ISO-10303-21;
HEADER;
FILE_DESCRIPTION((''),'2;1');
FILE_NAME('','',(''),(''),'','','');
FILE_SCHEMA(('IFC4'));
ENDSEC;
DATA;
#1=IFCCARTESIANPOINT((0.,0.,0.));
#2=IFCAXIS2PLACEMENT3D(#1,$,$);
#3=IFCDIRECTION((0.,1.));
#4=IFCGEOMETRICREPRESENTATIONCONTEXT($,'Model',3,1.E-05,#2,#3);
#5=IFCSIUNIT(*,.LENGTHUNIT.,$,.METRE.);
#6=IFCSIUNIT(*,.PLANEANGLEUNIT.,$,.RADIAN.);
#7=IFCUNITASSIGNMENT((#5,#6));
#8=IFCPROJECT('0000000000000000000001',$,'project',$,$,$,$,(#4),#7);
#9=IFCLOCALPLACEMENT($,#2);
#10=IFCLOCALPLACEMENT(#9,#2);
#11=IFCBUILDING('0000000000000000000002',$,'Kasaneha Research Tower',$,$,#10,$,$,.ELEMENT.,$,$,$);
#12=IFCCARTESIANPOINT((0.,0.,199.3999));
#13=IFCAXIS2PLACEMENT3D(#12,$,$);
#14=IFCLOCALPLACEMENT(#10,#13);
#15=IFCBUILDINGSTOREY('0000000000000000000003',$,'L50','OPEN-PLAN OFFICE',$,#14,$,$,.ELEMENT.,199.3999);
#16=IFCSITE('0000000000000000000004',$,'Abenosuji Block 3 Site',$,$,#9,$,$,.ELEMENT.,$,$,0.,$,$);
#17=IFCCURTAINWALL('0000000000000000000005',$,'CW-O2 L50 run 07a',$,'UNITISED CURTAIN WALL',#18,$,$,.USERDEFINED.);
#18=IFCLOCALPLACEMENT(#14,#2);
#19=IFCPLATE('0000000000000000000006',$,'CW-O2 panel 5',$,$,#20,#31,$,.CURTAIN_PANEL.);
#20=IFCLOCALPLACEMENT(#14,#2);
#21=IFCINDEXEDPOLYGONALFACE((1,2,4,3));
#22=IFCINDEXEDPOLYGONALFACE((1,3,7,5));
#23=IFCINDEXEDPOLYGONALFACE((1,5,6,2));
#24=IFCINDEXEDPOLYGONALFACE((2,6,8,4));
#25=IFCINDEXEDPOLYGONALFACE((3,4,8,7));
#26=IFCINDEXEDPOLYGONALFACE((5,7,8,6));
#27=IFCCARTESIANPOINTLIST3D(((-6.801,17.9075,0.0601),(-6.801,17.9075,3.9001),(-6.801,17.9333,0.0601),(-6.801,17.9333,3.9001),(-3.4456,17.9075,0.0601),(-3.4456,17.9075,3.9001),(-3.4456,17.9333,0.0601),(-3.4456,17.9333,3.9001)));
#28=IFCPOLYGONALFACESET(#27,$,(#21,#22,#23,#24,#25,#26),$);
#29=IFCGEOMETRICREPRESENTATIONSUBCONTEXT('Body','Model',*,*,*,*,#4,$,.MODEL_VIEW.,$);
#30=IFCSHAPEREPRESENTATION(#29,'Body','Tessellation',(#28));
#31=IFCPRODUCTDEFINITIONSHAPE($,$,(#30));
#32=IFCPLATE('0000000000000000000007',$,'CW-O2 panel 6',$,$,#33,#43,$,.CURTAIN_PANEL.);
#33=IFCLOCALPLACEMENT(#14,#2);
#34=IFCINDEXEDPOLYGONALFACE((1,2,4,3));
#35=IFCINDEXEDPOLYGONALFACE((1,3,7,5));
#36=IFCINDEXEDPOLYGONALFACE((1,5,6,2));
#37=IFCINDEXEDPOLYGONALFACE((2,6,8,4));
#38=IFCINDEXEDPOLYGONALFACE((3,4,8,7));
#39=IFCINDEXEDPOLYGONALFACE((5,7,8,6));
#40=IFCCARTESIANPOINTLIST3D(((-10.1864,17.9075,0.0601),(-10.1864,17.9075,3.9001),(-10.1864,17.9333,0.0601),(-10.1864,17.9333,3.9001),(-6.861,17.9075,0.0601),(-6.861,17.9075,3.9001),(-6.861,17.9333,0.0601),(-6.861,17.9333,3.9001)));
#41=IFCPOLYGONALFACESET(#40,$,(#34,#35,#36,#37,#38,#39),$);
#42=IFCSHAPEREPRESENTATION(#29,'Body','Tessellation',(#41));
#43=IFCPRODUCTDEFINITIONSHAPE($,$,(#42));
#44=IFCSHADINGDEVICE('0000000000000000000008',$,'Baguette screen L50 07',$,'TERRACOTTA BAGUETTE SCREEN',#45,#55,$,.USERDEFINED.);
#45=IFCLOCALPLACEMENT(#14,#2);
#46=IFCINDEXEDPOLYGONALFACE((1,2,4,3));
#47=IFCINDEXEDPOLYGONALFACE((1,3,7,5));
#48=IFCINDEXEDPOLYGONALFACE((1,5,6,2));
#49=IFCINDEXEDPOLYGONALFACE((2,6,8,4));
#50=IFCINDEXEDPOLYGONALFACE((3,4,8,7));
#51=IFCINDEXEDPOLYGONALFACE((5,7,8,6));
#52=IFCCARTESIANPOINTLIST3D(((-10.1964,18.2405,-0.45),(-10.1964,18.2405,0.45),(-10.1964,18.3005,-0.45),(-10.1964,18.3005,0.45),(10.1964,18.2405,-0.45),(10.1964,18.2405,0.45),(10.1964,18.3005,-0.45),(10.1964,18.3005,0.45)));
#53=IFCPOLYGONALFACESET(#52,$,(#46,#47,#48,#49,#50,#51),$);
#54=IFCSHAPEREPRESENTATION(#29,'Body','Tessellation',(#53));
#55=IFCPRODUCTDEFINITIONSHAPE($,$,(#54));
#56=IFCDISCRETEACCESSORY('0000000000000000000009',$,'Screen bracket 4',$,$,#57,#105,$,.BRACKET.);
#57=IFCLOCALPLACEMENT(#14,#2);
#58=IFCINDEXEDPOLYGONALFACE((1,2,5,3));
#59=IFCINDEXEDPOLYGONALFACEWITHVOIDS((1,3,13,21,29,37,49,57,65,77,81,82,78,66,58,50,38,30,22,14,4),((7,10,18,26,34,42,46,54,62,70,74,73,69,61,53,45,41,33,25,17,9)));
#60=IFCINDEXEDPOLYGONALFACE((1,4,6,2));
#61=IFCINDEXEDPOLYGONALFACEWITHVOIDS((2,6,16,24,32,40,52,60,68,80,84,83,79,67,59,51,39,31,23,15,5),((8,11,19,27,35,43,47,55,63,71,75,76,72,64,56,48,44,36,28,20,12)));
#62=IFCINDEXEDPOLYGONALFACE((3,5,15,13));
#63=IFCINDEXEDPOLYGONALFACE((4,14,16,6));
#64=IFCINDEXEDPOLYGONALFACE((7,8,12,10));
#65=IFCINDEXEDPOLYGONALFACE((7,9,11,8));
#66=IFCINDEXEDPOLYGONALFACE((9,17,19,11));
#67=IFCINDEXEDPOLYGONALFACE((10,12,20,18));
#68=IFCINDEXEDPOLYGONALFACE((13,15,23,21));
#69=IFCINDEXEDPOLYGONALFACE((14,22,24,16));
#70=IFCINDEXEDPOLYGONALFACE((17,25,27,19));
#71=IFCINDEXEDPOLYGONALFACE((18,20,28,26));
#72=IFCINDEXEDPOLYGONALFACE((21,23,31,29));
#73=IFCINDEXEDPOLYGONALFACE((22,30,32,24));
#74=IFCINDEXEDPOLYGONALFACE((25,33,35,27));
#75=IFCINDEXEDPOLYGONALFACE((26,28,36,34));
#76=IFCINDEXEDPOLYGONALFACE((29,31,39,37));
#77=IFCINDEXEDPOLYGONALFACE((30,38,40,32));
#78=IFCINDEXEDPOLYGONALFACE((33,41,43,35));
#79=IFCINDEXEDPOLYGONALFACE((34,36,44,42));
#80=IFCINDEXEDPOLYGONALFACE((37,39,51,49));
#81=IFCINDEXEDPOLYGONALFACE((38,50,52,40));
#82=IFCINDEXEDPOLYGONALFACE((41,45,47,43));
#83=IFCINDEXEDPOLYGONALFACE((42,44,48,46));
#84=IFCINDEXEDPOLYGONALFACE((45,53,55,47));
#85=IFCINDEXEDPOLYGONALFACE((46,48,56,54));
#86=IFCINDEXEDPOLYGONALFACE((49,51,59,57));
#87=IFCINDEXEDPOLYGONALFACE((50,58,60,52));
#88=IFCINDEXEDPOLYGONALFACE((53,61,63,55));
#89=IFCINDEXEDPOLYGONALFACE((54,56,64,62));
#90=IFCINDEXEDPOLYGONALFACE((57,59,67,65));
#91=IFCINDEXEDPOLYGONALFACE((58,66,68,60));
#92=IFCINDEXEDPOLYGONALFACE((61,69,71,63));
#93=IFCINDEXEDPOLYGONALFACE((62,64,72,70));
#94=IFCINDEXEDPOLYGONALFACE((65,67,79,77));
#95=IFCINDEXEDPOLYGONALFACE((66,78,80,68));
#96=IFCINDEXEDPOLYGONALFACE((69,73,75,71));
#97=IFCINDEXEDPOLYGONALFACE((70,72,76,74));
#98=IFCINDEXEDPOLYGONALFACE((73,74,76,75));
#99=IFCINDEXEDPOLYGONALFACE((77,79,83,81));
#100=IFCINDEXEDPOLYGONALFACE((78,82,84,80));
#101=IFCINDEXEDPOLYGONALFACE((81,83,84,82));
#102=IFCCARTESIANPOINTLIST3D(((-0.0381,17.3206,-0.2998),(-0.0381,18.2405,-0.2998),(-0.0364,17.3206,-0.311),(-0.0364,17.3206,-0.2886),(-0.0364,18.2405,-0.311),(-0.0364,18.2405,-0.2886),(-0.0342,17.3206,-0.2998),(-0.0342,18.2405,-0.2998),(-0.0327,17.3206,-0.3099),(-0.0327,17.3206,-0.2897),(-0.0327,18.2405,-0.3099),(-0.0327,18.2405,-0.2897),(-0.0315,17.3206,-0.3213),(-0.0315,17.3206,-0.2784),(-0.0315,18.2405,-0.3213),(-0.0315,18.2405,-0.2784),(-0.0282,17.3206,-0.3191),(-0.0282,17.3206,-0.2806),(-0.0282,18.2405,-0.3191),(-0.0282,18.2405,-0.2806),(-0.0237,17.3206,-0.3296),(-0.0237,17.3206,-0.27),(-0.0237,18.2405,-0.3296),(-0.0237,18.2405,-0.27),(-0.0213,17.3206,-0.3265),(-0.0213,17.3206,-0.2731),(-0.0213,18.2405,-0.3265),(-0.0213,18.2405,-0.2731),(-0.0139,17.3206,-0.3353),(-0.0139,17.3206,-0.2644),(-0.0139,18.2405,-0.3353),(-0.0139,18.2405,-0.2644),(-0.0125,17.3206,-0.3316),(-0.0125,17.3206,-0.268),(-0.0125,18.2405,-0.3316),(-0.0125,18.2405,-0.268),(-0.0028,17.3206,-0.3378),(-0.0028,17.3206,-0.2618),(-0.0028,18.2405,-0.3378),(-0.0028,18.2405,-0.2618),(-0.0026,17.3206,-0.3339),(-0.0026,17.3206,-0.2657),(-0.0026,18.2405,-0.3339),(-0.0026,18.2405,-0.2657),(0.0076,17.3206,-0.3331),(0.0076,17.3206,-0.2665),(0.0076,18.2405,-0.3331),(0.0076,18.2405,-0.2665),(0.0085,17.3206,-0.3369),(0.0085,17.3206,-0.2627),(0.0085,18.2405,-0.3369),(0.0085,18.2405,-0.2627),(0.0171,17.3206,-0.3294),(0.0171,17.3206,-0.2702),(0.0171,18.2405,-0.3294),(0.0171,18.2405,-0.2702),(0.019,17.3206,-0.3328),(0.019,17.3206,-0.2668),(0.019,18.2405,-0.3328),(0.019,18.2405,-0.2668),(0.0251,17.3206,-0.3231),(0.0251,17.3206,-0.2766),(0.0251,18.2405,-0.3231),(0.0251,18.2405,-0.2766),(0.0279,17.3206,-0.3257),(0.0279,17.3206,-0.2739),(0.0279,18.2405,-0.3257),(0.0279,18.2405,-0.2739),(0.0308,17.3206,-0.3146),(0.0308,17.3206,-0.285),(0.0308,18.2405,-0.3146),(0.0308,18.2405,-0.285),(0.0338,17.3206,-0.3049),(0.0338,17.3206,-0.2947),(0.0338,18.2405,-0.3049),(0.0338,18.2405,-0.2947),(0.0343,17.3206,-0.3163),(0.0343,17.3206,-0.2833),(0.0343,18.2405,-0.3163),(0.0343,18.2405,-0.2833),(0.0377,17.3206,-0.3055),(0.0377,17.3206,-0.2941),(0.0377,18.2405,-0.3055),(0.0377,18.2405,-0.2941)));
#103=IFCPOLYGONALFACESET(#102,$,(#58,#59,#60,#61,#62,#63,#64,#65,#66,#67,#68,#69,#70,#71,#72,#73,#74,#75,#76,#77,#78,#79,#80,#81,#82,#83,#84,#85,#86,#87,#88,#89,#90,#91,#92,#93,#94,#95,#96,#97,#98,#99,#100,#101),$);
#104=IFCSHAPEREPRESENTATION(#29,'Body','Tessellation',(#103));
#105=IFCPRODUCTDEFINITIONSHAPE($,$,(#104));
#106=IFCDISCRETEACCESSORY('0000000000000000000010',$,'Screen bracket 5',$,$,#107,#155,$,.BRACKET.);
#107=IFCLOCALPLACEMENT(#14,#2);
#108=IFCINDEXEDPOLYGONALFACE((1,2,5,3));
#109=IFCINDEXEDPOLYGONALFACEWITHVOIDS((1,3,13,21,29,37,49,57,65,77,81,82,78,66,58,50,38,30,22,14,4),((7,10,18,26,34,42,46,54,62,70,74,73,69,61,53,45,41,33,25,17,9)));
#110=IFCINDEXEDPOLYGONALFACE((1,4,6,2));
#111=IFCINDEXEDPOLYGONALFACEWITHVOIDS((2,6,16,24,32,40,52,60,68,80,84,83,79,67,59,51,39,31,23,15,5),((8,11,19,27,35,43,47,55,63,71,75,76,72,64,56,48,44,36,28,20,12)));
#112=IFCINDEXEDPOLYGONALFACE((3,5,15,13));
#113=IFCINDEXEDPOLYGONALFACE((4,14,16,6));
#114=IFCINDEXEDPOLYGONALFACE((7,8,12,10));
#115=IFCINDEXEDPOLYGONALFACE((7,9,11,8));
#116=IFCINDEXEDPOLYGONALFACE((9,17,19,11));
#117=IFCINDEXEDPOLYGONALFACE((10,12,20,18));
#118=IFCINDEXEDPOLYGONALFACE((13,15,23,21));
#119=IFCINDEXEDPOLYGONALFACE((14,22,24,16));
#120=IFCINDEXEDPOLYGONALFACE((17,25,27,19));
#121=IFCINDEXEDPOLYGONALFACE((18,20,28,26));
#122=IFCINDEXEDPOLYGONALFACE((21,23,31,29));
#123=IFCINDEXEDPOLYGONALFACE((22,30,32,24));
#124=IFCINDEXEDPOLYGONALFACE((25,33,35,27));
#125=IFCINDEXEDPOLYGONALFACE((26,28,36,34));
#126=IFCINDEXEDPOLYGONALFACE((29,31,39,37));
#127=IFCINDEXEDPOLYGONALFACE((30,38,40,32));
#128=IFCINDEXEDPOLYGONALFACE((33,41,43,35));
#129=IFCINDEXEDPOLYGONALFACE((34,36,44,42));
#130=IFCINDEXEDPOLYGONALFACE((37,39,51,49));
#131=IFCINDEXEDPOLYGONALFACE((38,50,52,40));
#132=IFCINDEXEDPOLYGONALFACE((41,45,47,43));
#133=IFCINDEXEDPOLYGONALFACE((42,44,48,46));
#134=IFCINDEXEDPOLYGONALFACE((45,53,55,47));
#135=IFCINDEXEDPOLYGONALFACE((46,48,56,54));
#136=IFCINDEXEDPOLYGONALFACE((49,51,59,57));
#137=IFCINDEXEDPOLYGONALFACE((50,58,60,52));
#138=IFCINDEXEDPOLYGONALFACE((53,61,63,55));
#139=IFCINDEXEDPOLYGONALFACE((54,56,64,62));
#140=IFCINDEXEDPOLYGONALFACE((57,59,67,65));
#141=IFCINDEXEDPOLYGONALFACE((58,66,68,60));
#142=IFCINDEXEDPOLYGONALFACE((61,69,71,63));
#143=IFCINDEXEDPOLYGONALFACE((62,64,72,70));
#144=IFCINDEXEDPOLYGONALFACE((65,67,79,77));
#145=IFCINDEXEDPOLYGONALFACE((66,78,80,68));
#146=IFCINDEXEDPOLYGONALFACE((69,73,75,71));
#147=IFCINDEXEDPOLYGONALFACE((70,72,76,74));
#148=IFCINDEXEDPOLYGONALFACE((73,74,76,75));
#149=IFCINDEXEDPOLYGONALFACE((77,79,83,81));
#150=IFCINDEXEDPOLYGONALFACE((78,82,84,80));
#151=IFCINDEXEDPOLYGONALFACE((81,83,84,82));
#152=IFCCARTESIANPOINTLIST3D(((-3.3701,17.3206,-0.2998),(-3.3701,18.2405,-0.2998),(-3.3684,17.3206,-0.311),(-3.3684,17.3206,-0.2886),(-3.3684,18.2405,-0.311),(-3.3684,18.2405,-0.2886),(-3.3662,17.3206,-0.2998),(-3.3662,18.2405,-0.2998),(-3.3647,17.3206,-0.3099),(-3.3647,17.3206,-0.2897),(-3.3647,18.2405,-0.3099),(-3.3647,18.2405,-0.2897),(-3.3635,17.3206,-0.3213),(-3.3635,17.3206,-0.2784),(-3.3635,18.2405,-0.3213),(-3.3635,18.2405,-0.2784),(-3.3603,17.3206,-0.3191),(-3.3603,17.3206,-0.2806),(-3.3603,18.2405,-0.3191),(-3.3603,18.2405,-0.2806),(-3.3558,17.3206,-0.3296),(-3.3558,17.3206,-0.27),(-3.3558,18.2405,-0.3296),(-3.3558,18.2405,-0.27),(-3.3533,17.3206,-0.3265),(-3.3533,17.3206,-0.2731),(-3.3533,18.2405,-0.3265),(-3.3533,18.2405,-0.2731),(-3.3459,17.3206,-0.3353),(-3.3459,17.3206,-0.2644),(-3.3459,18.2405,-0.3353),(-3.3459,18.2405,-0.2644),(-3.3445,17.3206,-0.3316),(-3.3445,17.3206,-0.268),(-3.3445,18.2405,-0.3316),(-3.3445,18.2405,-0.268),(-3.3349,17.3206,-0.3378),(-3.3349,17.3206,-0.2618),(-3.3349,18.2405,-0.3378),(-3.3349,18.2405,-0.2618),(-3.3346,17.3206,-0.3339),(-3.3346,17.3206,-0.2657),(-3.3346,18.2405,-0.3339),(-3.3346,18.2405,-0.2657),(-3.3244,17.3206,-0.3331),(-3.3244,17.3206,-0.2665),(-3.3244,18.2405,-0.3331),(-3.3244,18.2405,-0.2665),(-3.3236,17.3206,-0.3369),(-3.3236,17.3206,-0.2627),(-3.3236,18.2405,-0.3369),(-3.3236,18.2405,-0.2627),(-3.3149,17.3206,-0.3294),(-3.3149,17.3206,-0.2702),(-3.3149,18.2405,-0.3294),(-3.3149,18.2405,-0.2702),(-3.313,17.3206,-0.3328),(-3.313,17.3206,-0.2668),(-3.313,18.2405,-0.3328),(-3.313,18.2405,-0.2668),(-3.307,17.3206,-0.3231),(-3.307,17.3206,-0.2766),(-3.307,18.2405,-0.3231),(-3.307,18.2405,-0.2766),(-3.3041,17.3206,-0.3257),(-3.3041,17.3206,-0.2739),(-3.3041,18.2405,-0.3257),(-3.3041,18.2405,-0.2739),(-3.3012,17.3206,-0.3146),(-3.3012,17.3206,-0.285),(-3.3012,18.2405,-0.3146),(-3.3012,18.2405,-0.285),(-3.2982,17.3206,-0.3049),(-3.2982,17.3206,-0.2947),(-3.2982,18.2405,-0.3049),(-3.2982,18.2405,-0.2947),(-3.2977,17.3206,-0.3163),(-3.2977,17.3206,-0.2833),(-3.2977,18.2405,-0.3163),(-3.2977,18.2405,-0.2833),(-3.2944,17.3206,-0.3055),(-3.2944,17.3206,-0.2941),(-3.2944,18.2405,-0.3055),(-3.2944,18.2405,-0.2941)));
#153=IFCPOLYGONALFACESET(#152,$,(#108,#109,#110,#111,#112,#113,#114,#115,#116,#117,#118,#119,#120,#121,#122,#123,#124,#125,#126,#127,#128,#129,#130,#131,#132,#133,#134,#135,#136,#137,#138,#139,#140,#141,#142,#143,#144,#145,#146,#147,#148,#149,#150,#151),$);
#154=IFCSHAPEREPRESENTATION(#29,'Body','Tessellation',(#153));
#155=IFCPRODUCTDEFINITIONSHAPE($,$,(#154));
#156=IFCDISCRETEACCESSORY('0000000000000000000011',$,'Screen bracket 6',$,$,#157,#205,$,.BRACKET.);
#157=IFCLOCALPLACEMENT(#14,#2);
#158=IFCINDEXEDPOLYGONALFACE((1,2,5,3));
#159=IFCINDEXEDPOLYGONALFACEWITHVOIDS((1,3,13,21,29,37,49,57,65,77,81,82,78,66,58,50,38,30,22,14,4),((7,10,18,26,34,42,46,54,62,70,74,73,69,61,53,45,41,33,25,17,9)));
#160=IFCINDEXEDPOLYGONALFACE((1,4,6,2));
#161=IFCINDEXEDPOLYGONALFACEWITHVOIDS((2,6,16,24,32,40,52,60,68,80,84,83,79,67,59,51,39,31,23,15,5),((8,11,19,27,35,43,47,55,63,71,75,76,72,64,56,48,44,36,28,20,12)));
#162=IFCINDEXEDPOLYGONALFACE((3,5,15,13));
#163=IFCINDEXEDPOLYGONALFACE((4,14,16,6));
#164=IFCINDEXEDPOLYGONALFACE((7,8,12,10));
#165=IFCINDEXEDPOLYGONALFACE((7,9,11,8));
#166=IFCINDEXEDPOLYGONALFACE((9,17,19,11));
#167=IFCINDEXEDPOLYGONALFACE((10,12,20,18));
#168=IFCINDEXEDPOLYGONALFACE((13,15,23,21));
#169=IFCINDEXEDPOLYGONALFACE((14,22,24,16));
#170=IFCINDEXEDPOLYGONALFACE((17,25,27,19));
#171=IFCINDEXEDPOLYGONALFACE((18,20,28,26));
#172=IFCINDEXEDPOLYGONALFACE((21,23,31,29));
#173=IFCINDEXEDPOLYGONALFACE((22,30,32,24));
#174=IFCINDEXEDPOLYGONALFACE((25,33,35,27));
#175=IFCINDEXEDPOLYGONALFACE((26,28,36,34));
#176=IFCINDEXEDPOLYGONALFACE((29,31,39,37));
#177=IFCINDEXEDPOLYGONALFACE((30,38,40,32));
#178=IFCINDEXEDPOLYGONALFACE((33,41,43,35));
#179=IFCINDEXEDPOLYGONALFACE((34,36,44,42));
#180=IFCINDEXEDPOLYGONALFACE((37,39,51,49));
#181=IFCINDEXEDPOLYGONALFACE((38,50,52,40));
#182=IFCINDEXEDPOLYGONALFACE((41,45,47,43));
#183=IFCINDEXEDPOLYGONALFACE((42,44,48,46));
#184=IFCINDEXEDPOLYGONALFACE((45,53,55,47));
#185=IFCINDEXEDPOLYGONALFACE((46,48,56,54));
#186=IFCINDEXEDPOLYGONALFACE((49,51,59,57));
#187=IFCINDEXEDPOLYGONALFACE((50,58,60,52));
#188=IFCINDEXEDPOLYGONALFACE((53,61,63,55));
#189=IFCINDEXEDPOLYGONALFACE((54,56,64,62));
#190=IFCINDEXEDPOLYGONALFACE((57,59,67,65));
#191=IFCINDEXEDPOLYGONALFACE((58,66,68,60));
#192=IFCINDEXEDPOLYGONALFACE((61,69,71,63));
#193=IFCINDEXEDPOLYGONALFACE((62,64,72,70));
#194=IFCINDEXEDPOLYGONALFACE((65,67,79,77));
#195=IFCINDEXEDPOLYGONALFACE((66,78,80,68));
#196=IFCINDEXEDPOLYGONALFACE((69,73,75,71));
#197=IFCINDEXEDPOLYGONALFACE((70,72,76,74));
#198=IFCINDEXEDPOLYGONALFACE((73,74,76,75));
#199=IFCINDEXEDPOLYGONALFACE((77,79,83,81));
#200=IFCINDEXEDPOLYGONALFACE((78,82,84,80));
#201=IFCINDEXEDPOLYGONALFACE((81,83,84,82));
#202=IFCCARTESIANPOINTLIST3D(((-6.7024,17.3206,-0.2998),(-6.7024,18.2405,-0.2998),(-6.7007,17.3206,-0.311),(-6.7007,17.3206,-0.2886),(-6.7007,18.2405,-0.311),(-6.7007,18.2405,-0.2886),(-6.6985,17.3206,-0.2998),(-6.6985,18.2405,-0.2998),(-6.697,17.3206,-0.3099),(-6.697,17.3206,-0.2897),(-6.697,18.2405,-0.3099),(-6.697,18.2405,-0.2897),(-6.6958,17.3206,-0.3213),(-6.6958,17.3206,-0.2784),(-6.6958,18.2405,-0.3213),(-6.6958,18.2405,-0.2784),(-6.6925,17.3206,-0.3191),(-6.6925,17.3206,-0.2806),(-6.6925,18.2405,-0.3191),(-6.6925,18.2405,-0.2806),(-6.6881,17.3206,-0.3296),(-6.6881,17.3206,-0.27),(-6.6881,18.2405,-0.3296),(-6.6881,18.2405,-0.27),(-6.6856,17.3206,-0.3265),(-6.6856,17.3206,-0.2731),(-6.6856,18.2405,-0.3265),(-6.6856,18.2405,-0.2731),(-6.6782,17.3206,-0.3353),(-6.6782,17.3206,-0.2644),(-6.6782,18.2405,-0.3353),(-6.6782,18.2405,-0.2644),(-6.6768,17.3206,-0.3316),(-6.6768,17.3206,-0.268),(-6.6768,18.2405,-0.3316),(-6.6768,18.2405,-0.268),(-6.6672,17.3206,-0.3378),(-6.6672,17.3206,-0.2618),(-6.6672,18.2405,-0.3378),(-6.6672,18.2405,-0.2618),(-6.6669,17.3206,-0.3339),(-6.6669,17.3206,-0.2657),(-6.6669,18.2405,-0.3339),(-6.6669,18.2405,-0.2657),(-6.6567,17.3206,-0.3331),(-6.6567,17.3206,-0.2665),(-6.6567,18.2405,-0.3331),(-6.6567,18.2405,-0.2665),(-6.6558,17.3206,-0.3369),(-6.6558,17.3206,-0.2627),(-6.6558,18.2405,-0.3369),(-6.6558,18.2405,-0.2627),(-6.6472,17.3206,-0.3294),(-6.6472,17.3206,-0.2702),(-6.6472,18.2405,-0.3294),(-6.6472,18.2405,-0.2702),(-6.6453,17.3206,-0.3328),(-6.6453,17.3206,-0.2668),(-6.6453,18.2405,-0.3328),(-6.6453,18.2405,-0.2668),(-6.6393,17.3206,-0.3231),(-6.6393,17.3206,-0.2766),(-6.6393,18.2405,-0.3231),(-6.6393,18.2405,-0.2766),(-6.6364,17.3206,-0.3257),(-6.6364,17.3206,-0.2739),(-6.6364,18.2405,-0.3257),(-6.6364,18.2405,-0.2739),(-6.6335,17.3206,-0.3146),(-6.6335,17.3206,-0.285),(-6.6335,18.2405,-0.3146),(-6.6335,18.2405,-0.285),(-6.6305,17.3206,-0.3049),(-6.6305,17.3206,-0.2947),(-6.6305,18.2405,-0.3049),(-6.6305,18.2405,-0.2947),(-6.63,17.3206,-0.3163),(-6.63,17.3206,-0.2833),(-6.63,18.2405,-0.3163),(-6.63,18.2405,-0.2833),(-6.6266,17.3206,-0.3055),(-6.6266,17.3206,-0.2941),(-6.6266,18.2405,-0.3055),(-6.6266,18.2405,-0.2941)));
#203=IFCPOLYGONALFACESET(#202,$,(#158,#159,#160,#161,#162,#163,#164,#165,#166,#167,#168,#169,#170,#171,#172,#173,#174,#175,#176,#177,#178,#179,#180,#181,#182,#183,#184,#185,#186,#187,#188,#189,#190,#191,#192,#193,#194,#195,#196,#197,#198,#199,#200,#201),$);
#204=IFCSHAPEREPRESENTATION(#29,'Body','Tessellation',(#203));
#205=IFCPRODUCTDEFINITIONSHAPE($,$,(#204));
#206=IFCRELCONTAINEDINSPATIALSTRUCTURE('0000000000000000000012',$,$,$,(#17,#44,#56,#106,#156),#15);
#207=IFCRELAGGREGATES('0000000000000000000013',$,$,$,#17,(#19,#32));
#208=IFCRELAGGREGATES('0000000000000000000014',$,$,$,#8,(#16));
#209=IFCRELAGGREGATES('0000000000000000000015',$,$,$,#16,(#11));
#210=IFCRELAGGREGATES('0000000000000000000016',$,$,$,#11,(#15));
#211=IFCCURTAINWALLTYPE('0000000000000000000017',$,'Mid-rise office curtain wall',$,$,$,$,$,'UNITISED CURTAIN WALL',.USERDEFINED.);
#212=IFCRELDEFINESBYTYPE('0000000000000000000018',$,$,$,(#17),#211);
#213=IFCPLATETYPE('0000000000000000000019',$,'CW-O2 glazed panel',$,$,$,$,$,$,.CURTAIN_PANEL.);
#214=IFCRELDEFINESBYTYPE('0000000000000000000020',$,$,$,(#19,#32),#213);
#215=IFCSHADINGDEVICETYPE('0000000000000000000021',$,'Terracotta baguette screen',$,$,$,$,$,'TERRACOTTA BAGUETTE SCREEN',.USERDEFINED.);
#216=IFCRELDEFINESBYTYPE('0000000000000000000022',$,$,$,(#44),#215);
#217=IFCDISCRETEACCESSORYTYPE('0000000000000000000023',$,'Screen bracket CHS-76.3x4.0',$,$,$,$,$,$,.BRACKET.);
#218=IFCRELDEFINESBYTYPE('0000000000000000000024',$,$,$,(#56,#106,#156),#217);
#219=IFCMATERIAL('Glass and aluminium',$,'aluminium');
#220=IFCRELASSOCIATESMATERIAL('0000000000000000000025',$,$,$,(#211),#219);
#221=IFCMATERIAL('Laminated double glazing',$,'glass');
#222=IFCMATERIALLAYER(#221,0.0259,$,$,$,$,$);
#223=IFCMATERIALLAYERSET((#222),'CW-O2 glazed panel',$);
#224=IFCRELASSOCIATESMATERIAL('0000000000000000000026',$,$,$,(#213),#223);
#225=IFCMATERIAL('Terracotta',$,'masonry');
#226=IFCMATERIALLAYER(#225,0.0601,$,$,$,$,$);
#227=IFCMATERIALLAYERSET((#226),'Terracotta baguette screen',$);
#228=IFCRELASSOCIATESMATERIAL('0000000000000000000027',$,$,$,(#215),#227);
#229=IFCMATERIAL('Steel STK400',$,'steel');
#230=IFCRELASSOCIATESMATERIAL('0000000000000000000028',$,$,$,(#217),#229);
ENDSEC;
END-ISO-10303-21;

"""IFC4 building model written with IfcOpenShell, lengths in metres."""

from ifc_helpers import new_model, si_unit, direction, frame, origin, origin_2d, place, context, subcontext, project, spatial, rectangle, hollow_circle, extrude, material, layer, layer_set, material_profile, profile_set, type_object, element, aggregate, save


model = new_model("IFC4")

# Units and contexts
model_context = context("Model", 3, precision=1e-05, world=origin(), true_north=direction((0.0, 1.0)))
body_context = subcontext(model_context, "Body", "Model", "MODEL_VIEW")
ifc_project = project(units=[si_unit("LENGTHUNIT", "METRE"), si_unit("PLANEANGLEUNIT", "RADIAN")], contexts=[model_context])

# Site, building, storey
site_placement = place(None, origin())
site = spatial("IfcSite", under=ifc_project, at=site_placement, Name="Abenosuji Block 3 Site", CompositionType="ELEMENT", RefElevation=0.0)
building_placement = place(site_placement, origin())
building = spatial("IfcBuilding", under=site, at=building_placement, Name="Kasaneha Research Tower", CompositionType="ELEMENT")
storey_placement = place(building_placement, frame((0.0, 0.0, 199.3999)))
storey = spatial("IfcBuildingStorey", under=building, at=storey_placement, Name="L50", Description="OPEN-PLAN OFFICE", CompositionType="ELEMENT", Elevation=199.3999)

# Curtain wall, plates
ifc_material_1 = material(Name="Glass and aluminium", Category="aluminium")
curtain_wall_type = type_object("IfcCurtainWallType", Name="Mid-rise office curtain wall", ElementType="UNITISED CURTAIN WALL", PredefinedType="USERDEFINED", material=ifc_material_1)
curtain_wall_placement = place(storey_placement, origin())
curtain_wall = element("IfcCurtainWall", 1, at=curtain_wall_placement, inside=storey, type_object=curtain_wall_type, Name="CW-O2 L50 run 07a", ObjectType="UNITISED CURTAIN WALL", PredefinedType="USERDEFINED")
ifc_material_2 = material(Name="Laminated double glazing", Category="glass")
ifc_layer_1 = layer(ifc_material_2, 0.0259)
ifc_layer_set_1 = layer_set([ifc_layer_1], Name="CW-O2 glazed panel")
plate_type = type_object("IfcPlateType", Name="CW-O2 glazed panel", PredefinedType="CURTAIN_PANEL", material=ifc_layer_set_1)
plate_1_placement = place(storey_placement, frame((-5.1233, 17.9204, 0.0601), z_axis=(0.0, 0.0, 1.0), x_axis=(-1.0, 0.0, 0.0)))
plate_1 = element("IfcPlate", 2, at=plate_1_placement, type_object=plate_type, Name="CW-O2 panel 5", PredefinedType="CURTAIN_PANEL", context=body_context, shape_type="SweptSolid", body=[
    extrude(rectangle(XDim=3.3555, YDim=0.0259, at=origin_2d()), origin(), (0.0, 0.0, 1.0), 3.8401),
])
plate_2_placement = place(storey_placement, frame((-8.5237, 17.9204, 0.0601), z_axis=(0.0, 0.0, 1.0), x_axis=(-1.0, 0.0, 0.0)))
plate_2 = element("IfcPlate", 3, at=plate_2_placement, type_object=plate_type, Name="CW-O2 panel 6", PredefinedType="CURTAIN_PANEL", context=body_context, shape_type="SweptSolid", body=[
    extrude(rectangle(XDim=3.3254, YDim=0.0259, at=origin_2d()), origin(), (0.0, 0.0, 1.0), 3.8401),
])
aggregate(curtain_wall, [plate_1, plate_2])

# Shading device
ifc_material_3 = material(Name="Terracotta", Category="masonry")
ifc_layer_2 = layer(ifc_material_3, 0.0601)
ifc_layer_set_2 = layer_set([ifc_layer_2], Name="Terracotta baguette screen")
shading_device_type = type_object("IfcShadingDeviceType", Name="Terracotta baguette screen", ElementType="TERRACOTTA BAGUETTE SCREEN", PredefinedType="USERDEFINED", material=ifc_layer_set_2)
shading_device_placement = place(storey_placement, frame((0.0, 18.2705, -0.45), z_axis=(0.0, 0.0, 1.0), x_axis=(-1.0, 0.0, 0.0)))
element("IfcShadingDevice", 4, at=shading_device_placement, inside=storey, type_object=shading_device_type, Name="Baguette screen L50 07", ObjectType="TERRACOTTA BAGUETTE SCREEN", PredefinedType="USERDEFINED", context=body_context, shape_type="SweptSolid", body=[
    extrude(rectangle(XDim=20.3928, YDim=0.0601, at=origin_2d()), origin(), (0.0, 0.0, 1.0), 0.8999),
])

# Discrete accessories
ifc_material_4 = material(Name="Steel STK400", Category="steel")
ifc_material_profile_1 = material_profile(ifc_material_4, hollow_circle(Radius=0.0381, WallThickness=0.0039, at=origin_2d()), Name="CHS-76.3x4.0")
ifc_profile_set_1 = profile_set([ifc_material_profile_1], Name="Steel STK400")
discrete_accessory_type = type_object("IfcDiscreteAccessoryType", Name="Screen bracket CHS-76.3x4.0", PredefinedType="BRACKET", material=ifc_profile_set_1)
for number, where, z_axis, x_axis, name in (
    (5, (0.0, 17.3206, -0.2998), (0.0, 1.0, 0.0), (-1.0, 0.0, 0.0), "Screen bracket 4"),
    (6, (-3.332, 17.3206, -0.2998), (0.0, 1.0, 0.0), (-1.0, 0.0, 0.0), "Screen bracket 5"),
    (7, (-6.6643, 17.3206, -0.2998), (0.0, 1.0, 0.0), (-1.0, 0.0, 0.0), "Screen bracket 6"),
):
    element("IfcDiscreteAccessory", number, at=place(storey_placement, frame(where, z_axis=z_axis, x_axis=x_axis)), inside=storey, type_object=discrete_accessory_type, Name=name, PredefinedType="BRACKET", context=body_context, shape_type="SweptSolid", body=[
        extrude(hollow_circle(Radius=0.0381, WallThickness=0.0039, at=origin_2d()), origin(), (0.0, 0.0, 1.0), 0.9199),
    ])

save(model, "model.ifc")
